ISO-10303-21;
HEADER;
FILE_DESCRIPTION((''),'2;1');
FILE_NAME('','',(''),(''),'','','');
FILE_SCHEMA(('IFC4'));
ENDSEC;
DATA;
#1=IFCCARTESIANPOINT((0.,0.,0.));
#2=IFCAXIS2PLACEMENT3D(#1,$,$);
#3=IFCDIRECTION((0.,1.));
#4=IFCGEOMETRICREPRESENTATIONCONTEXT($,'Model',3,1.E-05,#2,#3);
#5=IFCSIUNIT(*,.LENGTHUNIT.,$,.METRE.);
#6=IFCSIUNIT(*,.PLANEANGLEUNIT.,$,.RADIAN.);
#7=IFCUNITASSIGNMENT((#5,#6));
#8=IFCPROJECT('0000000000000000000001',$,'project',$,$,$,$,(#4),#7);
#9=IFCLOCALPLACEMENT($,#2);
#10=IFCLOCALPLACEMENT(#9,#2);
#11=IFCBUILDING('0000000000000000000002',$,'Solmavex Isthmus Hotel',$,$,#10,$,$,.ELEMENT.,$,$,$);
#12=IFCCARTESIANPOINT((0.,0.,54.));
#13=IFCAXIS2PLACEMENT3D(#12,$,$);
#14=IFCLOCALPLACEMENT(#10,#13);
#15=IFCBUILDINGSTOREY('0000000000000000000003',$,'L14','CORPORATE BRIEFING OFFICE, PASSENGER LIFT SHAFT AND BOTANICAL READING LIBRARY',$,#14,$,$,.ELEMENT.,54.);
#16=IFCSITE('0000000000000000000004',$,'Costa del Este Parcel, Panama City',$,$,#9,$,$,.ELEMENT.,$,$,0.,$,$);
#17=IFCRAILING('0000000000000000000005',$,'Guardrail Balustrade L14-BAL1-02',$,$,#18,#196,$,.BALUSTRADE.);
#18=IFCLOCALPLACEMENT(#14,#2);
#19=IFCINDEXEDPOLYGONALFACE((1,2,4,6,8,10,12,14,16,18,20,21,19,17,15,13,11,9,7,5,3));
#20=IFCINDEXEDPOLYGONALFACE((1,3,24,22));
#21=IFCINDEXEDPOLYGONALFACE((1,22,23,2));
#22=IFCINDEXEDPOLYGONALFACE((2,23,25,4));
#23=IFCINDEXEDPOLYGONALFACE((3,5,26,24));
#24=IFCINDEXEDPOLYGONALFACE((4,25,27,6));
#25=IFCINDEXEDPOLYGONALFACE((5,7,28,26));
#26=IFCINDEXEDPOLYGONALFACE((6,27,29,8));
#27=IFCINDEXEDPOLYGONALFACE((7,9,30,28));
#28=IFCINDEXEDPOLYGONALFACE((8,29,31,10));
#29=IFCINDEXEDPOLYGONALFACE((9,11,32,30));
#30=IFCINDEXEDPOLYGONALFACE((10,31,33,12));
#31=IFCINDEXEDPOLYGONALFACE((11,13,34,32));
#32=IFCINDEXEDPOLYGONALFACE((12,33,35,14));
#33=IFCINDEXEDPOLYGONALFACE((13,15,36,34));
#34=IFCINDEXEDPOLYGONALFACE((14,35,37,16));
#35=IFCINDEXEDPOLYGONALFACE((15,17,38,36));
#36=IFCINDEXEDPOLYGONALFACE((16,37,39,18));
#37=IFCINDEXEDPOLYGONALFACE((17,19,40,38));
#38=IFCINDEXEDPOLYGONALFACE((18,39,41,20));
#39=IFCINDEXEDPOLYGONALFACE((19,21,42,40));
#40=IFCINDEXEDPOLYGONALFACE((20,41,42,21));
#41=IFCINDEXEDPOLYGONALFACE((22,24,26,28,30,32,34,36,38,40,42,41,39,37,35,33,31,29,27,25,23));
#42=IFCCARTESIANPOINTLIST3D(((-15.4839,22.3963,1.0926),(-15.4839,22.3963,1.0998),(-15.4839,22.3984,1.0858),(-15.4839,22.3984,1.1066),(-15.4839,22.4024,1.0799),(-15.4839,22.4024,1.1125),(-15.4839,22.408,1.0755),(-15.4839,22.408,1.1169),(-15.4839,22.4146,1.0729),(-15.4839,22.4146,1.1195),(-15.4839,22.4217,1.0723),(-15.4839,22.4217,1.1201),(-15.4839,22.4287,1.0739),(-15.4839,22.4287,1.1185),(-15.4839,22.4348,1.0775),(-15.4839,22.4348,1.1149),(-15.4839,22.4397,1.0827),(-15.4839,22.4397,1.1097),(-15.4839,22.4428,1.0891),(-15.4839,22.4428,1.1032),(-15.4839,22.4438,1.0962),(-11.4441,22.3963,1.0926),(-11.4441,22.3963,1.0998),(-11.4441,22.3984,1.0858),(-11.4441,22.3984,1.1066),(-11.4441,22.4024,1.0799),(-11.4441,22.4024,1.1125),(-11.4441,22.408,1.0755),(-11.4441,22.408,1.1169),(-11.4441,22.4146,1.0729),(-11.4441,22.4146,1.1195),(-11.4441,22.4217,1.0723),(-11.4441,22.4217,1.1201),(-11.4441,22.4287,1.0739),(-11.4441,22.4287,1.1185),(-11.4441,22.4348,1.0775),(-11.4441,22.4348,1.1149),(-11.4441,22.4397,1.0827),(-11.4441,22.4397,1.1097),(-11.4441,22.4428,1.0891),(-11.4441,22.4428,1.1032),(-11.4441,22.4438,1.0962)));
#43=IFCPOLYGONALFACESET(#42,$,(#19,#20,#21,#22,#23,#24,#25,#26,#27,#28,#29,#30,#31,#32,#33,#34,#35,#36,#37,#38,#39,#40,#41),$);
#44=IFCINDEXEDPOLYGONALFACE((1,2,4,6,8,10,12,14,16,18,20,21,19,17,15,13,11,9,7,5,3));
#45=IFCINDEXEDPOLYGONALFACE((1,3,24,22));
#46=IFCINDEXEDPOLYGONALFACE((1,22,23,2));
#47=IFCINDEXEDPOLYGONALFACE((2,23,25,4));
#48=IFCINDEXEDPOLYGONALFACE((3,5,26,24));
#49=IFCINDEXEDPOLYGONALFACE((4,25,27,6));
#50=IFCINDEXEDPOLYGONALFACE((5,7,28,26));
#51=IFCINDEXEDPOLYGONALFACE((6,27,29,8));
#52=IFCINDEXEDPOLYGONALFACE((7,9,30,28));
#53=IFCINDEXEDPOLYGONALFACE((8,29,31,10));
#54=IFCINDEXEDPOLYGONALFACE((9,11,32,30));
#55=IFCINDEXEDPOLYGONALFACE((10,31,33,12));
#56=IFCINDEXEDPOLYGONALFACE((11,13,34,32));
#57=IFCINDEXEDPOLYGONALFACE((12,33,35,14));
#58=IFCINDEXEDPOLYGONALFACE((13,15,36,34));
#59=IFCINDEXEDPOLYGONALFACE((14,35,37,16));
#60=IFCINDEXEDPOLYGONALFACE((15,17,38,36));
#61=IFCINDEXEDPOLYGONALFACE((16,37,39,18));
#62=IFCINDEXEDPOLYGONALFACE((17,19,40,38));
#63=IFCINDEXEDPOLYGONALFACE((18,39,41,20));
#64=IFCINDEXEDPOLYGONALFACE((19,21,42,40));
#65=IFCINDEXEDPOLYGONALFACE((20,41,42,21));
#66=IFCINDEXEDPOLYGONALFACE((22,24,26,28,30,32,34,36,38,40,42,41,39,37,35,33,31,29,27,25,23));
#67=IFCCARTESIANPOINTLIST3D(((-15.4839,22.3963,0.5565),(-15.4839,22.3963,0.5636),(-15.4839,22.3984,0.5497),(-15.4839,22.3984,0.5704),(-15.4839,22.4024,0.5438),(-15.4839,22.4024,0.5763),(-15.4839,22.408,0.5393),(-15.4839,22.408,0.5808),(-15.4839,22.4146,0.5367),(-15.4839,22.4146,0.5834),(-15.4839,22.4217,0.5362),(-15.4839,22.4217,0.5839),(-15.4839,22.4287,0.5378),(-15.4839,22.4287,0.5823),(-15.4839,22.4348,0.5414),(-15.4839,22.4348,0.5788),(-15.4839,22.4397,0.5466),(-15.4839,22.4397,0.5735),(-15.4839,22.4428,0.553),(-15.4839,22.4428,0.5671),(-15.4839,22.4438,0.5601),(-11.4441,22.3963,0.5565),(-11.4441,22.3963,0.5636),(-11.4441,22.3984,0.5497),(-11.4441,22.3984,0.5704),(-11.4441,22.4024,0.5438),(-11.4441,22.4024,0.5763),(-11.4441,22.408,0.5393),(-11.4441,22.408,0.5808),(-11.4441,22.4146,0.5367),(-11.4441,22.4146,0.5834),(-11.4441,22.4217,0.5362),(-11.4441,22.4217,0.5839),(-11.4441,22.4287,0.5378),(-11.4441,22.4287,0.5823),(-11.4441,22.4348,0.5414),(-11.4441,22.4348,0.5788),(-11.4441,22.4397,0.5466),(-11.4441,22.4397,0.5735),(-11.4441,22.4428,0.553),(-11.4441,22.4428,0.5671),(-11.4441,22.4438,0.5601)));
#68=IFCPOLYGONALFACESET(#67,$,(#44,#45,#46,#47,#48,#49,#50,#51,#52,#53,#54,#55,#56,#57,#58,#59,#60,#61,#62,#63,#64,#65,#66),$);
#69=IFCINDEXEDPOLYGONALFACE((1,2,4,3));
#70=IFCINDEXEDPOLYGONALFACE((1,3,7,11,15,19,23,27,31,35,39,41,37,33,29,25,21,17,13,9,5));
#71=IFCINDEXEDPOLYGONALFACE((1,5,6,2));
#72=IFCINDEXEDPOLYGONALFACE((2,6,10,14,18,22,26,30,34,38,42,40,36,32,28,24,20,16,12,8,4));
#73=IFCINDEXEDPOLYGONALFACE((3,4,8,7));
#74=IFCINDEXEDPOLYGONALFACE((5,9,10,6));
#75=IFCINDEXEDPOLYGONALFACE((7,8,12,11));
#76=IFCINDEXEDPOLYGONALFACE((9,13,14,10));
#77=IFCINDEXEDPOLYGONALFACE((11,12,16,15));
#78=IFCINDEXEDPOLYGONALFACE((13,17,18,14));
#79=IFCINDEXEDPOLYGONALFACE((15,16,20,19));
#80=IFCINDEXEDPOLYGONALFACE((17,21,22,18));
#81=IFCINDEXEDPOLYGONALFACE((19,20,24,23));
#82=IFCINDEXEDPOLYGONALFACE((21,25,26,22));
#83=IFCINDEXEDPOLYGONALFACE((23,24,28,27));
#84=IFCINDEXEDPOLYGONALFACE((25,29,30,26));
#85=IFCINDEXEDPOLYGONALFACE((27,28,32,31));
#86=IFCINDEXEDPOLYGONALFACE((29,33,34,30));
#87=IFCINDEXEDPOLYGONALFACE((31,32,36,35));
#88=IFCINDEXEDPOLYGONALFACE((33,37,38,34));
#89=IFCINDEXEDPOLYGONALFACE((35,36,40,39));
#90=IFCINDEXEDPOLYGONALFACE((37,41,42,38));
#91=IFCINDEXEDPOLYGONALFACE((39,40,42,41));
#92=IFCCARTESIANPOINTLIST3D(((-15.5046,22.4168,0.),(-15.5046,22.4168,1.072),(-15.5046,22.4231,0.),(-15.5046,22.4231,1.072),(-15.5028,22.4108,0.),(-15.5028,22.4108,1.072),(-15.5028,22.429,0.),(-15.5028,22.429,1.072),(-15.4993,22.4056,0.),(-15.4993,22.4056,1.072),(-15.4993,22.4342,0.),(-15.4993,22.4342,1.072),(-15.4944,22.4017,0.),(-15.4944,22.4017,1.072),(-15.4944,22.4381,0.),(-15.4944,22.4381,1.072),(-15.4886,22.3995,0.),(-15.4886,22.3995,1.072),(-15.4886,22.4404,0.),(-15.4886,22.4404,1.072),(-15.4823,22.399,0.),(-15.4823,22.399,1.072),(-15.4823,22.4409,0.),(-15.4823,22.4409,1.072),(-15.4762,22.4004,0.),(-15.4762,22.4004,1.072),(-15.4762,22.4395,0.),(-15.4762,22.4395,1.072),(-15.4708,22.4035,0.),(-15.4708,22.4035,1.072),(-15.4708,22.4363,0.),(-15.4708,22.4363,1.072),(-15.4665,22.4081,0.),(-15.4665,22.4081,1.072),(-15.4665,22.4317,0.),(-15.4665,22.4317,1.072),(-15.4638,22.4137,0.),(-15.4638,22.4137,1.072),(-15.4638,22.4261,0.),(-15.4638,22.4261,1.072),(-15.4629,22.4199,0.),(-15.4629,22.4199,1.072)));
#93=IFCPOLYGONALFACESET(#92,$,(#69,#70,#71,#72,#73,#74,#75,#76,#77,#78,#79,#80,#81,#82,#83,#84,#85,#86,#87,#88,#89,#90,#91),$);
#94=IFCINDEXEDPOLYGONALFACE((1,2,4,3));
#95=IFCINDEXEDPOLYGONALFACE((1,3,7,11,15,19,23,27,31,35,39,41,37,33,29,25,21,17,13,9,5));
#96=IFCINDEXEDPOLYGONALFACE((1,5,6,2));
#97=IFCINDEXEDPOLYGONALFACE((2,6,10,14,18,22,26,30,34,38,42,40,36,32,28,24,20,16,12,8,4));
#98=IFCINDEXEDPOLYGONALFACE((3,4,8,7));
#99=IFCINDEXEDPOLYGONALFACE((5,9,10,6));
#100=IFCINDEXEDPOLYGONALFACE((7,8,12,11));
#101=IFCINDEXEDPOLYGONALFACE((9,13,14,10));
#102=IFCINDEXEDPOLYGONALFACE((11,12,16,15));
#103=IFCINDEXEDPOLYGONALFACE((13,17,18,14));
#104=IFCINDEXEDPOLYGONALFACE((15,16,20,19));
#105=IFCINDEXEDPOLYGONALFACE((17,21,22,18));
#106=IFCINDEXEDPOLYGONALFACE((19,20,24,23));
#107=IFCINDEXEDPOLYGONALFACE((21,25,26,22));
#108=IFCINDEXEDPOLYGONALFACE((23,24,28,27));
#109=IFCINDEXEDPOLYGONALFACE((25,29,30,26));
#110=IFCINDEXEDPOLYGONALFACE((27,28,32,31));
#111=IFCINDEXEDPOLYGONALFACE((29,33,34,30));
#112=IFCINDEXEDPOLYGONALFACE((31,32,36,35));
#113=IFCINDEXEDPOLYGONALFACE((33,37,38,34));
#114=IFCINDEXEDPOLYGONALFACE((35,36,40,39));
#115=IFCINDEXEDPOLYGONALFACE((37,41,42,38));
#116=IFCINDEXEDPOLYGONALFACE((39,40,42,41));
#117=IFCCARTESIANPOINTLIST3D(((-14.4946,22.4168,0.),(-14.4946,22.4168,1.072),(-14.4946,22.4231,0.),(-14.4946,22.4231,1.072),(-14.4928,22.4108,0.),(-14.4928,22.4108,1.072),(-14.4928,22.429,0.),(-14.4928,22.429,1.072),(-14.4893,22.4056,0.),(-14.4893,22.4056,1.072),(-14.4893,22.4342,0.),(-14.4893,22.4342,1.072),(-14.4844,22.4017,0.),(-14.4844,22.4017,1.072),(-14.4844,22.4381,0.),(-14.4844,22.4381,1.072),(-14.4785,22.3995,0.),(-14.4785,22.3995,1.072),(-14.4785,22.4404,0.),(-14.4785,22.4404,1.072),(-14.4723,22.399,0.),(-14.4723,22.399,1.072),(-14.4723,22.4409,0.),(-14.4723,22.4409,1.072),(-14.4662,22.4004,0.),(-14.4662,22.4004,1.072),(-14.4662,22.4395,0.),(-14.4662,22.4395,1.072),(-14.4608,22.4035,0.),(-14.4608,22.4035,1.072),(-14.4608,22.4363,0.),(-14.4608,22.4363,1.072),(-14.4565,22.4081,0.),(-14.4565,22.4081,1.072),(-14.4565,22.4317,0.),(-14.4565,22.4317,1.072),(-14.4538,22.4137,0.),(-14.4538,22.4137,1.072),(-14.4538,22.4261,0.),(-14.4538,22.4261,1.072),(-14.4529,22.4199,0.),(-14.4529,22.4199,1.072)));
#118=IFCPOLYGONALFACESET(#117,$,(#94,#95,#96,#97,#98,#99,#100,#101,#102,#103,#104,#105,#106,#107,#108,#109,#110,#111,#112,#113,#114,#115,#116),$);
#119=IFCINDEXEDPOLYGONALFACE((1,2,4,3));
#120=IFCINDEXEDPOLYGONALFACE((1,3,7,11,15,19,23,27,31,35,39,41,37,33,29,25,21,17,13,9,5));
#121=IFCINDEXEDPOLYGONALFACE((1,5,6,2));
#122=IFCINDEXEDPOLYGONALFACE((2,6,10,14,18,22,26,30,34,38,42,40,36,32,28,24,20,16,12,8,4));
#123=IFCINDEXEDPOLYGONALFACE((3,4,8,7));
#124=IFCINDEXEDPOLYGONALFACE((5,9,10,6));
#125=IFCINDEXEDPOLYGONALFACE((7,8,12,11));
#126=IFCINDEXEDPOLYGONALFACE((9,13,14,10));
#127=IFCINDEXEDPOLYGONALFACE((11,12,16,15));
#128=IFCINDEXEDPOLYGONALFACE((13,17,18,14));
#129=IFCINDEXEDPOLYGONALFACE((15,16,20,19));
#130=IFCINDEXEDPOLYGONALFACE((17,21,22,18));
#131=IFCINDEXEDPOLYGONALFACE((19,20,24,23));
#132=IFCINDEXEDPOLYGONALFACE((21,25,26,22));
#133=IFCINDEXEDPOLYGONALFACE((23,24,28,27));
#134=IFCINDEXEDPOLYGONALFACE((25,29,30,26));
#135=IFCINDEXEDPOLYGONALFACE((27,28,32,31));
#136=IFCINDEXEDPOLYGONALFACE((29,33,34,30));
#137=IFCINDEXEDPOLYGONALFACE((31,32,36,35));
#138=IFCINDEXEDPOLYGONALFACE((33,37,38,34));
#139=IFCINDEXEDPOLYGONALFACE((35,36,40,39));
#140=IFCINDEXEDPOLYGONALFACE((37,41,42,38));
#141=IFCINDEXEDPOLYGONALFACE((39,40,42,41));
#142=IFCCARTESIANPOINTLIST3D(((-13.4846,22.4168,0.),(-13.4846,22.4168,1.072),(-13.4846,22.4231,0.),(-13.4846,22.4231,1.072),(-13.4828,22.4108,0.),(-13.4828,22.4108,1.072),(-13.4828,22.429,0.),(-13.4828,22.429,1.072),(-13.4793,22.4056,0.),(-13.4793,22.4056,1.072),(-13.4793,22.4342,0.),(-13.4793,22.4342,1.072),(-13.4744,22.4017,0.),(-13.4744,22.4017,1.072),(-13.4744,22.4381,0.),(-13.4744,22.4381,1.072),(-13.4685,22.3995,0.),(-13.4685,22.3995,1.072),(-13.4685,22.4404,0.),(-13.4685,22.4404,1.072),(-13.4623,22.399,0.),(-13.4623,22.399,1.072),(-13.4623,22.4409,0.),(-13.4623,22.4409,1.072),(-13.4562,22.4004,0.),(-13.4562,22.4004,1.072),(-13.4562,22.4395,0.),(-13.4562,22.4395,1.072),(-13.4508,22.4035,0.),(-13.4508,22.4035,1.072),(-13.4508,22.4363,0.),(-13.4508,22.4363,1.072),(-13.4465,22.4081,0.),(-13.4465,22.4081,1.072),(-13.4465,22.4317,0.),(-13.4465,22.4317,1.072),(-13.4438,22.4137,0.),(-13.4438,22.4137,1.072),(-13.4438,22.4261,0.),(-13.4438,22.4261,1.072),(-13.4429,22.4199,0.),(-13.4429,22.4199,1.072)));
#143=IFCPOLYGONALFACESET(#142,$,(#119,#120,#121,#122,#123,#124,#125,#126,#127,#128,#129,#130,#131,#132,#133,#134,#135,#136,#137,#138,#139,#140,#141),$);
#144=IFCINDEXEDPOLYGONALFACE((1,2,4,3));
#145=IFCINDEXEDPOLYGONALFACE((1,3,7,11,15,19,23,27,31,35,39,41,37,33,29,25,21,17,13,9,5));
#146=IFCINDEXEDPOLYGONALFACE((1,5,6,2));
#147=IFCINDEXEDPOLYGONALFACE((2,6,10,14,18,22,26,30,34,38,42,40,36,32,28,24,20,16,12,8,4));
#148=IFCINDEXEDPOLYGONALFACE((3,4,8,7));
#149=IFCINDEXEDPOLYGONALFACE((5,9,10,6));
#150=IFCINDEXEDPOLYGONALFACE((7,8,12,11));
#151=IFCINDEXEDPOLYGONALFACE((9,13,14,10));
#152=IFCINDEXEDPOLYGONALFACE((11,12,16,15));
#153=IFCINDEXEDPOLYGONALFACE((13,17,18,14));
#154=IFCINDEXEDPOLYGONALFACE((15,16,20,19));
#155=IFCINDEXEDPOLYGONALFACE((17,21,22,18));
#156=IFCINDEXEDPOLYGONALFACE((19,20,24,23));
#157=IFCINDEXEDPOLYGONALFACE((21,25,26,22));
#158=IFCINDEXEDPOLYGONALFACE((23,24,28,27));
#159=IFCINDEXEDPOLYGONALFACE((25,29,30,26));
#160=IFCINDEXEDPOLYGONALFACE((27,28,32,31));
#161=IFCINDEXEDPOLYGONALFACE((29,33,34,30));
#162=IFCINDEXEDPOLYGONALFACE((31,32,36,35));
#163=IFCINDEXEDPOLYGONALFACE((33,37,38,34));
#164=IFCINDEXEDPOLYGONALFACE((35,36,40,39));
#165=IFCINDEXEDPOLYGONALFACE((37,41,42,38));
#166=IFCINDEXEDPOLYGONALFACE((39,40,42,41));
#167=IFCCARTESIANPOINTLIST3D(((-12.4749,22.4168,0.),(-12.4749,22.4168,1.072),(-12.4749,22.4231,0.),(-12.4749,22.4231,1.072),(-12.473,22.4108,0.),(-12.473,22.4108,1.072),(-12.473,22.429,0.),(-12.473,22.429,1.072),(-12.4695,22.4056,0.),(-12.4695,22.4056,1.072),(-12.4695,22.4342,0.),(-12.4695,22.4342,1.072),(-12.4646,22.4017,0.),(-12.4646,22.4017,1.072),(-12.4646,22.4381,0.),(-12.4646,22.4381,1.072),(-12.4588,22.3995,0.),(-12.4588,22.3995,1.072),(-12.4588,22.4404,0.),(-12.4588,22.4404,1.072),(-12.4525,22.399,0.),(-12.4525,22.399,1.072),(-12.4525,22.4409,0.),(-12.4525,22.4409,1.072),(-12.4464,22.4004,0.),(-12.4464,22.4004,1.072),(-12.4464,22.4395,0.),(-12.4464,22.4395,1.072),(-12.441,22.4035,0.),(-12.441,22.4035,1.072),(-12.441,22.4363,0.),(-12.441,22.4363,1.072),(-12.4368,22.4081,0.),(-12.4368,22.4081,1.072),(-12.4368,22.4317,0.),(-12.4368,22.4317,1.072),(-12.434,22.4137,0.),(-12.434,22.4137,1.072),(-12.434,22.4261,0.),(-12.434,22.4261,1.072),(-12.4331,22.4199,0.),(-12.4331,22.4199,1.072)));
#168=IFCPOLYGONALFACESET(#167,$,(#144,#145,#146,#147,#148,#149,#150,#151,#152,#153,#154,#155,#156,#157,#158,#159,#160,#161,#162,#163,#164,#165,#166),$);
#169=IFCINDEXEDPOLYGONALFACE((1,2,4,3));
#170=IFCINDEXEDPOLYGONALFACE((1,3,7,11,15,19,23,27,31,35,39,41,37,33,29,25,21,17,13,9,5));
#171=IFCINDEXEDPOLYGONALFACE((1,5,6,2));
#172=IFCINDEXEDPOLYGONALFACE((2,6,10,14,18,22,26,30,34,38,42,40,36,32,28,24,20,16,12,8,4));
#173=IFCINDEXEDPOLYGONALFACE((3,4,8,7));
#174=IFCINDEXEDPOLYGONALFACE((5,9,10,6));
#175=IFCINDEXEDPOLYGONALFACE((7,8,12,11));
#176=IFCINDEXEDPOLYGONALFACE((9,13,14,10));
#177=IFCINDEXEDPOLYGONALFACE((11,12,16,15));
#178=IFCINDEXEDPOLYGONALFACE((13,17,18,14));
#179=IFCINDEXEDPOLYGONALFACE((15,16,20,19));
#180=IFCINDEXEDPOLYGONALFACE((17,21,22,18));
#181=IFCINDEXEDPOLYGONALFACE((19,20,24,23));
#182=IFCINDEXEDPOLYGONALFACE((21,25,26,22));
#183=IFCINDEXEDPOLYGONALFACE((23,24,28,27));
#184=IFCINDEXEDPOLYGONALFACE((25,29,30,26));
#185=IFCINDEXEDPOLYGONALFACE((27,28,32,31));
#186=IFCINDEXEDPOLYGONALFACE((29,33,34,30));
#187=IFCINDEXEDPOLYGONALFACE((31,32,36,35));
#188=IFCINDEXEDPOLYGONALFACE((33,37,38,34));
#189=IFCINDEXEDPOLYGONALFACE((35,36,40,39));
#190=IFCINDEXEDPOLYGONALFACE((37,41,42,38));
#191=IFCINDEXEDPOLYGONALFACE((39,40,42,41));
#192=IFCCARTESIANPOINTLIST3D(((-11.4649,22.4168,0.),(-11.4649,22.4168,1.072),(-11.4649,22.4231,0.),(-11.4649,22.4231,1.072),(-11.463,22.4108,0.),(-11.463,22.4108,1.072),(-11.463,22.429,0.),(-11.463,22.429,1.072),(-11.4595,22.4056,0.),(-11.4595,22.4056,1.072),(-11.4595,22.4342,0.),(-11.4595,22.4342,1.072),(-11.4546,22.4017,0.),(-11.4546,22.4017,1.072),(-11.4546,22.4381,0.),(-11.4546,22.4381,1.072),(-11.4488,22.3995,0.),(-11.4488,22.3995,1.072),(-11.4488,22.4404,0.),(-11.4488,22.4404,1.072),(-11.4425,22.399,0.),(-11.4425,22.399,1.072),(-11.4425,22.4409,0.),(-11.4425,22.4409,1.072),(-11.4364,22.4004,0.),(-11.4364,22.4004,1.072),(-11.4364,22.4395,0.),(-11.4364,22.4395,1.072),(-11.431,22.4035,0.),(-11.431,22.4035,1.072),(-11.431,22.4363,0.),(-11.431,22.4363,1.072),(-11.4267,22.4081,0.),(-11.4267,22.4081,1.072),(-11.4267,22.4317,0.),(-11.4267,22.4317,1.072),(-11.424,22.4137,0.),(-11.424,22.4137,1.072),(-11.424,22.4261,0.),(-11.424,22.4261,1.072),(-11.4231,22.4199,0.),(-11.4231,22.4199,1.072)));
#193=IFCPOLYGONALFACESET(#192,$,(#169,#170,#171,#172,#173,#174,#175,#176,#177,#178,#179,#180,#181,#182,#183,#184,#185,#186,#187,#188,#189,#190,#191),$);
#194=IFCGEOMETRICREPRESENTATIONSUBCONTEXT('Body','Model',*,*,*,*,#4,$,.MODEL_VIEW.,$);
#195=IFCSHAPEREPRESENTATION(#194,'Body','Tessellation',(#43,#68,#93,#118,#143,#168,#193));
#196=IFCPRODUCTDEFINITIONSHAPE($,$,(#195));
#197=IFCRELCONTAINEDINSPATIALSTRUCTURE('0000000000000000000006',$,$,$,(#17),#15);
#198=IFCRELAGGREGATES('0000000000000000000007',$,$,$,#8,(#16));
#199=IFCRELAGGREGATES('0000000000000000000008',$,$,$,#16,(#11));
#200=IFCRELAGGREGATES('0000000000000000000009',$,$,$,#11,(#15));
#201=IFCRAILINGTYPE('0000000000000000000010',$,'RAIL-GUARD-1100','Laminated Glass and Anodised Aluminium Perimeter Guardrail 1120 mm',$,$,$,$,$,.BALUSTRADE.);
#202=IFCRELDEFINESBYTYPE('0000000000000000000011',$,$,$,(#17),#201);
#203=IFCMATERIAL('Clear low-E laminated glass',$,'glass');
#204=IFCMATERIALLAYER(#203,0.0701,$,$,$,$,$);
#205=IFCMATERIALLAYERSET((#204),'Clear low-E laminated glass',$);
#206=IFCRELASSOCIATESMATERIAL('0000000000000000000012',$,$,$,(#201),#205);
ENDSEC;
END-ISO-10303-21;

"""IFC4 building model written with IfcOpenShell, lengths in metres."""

from ifc_helpers import new_model, si_unit, direction, frame, origin, origin_2d, place, context, subcontext, project, spatial, circle, extrude, material, layer, layer_set, type_object, element, save


model = new_model("IFC4")

# Units and contexts
model_context = context("Model", 3, precision=1e-05, world=origin(), true_north=direction((0.0, 1.0)))
body_context = subcontext(model_context, "Body", "Model", "MODEL_VIEW")
ifc_project = project(units=[si_unit("LENGTHUNIT", "METRE"), si_unit("PLANEANGLEUNIT", "RADIAN")], contexts=[model_context])

# Site, building, storey
site_placement = place(None, origin())
site = spatial("IfcSite", under=ifc_project, at=site_placement, Name="Costa del Este Parcel, Panama City", CompositionType="ELEMENT", RefElevation=0.0)
building_placement = place(site_placement, origin())
building = spatial("IfcBuilding", under=site, at=building_placement, Name="Solmavex Isthmus Hotel", CompositionType="ELEMENT")
storey_placement = place(building_placement, frame((0.0, 0.0, 54.0)))
storey = spatial("IfcBuildingStorey", under=building, at=storey_placement, Name="L14", Description="CORPORATE BRIEFING OFFICE, PASSENGER LIFT SHAFT AND BOTANICAL READING LIBRARY", CompositionType="ELEMENT", Elevation=54.0)

# Shared definitions
ifc_material_1 = material(Name="Clear low-E laminated glass", Category="glass")

# Railing
ifc_layer_1 = layer(ifc_material_1, 0.0701)
ifc_layer_set_1 = layer_set([ifc_layer_1], Name="Clear low-E laminated glass")
railing_type_1 = type_object("IfcRailingType", Name="RAIL-GUARD-1100", Description="Laminated Glass and Anodised Aluminium Perimeter Guardrail 1120 mm", PredefinedType="BALUSTRADE", material=ifc_layer_set_1)
railing_1_placement = place(storey_placement, frame((-15.4839, 22.4199, 0.0)))
element("IfcRailing", 1, at=railing_1_placement, inside=storey, type_object=railing_type_1, Name="Guardrail Balustrade L14-BAL1-02", PredefinedType="BALUSTRADE", context=body_context, shape_type="SweptSolid", body=[
    extrude(circle(Radius=0.0239, at=origin_2d()), frame((0.0, 0.0, 1.0962), z_axis=(1.0, 0.0, 0.0), x_axis=(0.0, 1.0, 0.0)), (0.0, 0.0, 1.0), 4.0398),
    extrude(circle(Radius=0.0239, at=origin_2d()), frame((0.0, 0.0, 0.5601), z_axis=(1.0, 0.0, 0.0), x_axis=(0.0, 1.0, 0.0)), (0.0, 0.0, 1.0), 4.0398),
    extrude(circle(Radius=0.021, at=origin_2d()), origin(), (0.0, 0.0, 1.0), 1.072),
    extrude(circle(Radius=0.021, at=origin_2d()), frame((1.01, 0.0, 0.0)), (0.0, 0.0, 1.0), 1.072),
    extrude(circle(Radius=0.021, at=origin_2d()), frame((2.02, 0.0, 0.0)), (0.0, 0.0, 1.0), 1.072),
    extrude(circle(Radius=0.021, at=origin_2d()), frame((3.0298, 0.0, 0.0)), (0.0, 0.0, 1.0), 1.072),
    extrude(circle(Radius=0.021, at=origin_2d()), frame((4.0398, 0.0, 0.0)), (0.0, 0.0, 1.0), 1.072),
])

save(model, "model.ifc")
